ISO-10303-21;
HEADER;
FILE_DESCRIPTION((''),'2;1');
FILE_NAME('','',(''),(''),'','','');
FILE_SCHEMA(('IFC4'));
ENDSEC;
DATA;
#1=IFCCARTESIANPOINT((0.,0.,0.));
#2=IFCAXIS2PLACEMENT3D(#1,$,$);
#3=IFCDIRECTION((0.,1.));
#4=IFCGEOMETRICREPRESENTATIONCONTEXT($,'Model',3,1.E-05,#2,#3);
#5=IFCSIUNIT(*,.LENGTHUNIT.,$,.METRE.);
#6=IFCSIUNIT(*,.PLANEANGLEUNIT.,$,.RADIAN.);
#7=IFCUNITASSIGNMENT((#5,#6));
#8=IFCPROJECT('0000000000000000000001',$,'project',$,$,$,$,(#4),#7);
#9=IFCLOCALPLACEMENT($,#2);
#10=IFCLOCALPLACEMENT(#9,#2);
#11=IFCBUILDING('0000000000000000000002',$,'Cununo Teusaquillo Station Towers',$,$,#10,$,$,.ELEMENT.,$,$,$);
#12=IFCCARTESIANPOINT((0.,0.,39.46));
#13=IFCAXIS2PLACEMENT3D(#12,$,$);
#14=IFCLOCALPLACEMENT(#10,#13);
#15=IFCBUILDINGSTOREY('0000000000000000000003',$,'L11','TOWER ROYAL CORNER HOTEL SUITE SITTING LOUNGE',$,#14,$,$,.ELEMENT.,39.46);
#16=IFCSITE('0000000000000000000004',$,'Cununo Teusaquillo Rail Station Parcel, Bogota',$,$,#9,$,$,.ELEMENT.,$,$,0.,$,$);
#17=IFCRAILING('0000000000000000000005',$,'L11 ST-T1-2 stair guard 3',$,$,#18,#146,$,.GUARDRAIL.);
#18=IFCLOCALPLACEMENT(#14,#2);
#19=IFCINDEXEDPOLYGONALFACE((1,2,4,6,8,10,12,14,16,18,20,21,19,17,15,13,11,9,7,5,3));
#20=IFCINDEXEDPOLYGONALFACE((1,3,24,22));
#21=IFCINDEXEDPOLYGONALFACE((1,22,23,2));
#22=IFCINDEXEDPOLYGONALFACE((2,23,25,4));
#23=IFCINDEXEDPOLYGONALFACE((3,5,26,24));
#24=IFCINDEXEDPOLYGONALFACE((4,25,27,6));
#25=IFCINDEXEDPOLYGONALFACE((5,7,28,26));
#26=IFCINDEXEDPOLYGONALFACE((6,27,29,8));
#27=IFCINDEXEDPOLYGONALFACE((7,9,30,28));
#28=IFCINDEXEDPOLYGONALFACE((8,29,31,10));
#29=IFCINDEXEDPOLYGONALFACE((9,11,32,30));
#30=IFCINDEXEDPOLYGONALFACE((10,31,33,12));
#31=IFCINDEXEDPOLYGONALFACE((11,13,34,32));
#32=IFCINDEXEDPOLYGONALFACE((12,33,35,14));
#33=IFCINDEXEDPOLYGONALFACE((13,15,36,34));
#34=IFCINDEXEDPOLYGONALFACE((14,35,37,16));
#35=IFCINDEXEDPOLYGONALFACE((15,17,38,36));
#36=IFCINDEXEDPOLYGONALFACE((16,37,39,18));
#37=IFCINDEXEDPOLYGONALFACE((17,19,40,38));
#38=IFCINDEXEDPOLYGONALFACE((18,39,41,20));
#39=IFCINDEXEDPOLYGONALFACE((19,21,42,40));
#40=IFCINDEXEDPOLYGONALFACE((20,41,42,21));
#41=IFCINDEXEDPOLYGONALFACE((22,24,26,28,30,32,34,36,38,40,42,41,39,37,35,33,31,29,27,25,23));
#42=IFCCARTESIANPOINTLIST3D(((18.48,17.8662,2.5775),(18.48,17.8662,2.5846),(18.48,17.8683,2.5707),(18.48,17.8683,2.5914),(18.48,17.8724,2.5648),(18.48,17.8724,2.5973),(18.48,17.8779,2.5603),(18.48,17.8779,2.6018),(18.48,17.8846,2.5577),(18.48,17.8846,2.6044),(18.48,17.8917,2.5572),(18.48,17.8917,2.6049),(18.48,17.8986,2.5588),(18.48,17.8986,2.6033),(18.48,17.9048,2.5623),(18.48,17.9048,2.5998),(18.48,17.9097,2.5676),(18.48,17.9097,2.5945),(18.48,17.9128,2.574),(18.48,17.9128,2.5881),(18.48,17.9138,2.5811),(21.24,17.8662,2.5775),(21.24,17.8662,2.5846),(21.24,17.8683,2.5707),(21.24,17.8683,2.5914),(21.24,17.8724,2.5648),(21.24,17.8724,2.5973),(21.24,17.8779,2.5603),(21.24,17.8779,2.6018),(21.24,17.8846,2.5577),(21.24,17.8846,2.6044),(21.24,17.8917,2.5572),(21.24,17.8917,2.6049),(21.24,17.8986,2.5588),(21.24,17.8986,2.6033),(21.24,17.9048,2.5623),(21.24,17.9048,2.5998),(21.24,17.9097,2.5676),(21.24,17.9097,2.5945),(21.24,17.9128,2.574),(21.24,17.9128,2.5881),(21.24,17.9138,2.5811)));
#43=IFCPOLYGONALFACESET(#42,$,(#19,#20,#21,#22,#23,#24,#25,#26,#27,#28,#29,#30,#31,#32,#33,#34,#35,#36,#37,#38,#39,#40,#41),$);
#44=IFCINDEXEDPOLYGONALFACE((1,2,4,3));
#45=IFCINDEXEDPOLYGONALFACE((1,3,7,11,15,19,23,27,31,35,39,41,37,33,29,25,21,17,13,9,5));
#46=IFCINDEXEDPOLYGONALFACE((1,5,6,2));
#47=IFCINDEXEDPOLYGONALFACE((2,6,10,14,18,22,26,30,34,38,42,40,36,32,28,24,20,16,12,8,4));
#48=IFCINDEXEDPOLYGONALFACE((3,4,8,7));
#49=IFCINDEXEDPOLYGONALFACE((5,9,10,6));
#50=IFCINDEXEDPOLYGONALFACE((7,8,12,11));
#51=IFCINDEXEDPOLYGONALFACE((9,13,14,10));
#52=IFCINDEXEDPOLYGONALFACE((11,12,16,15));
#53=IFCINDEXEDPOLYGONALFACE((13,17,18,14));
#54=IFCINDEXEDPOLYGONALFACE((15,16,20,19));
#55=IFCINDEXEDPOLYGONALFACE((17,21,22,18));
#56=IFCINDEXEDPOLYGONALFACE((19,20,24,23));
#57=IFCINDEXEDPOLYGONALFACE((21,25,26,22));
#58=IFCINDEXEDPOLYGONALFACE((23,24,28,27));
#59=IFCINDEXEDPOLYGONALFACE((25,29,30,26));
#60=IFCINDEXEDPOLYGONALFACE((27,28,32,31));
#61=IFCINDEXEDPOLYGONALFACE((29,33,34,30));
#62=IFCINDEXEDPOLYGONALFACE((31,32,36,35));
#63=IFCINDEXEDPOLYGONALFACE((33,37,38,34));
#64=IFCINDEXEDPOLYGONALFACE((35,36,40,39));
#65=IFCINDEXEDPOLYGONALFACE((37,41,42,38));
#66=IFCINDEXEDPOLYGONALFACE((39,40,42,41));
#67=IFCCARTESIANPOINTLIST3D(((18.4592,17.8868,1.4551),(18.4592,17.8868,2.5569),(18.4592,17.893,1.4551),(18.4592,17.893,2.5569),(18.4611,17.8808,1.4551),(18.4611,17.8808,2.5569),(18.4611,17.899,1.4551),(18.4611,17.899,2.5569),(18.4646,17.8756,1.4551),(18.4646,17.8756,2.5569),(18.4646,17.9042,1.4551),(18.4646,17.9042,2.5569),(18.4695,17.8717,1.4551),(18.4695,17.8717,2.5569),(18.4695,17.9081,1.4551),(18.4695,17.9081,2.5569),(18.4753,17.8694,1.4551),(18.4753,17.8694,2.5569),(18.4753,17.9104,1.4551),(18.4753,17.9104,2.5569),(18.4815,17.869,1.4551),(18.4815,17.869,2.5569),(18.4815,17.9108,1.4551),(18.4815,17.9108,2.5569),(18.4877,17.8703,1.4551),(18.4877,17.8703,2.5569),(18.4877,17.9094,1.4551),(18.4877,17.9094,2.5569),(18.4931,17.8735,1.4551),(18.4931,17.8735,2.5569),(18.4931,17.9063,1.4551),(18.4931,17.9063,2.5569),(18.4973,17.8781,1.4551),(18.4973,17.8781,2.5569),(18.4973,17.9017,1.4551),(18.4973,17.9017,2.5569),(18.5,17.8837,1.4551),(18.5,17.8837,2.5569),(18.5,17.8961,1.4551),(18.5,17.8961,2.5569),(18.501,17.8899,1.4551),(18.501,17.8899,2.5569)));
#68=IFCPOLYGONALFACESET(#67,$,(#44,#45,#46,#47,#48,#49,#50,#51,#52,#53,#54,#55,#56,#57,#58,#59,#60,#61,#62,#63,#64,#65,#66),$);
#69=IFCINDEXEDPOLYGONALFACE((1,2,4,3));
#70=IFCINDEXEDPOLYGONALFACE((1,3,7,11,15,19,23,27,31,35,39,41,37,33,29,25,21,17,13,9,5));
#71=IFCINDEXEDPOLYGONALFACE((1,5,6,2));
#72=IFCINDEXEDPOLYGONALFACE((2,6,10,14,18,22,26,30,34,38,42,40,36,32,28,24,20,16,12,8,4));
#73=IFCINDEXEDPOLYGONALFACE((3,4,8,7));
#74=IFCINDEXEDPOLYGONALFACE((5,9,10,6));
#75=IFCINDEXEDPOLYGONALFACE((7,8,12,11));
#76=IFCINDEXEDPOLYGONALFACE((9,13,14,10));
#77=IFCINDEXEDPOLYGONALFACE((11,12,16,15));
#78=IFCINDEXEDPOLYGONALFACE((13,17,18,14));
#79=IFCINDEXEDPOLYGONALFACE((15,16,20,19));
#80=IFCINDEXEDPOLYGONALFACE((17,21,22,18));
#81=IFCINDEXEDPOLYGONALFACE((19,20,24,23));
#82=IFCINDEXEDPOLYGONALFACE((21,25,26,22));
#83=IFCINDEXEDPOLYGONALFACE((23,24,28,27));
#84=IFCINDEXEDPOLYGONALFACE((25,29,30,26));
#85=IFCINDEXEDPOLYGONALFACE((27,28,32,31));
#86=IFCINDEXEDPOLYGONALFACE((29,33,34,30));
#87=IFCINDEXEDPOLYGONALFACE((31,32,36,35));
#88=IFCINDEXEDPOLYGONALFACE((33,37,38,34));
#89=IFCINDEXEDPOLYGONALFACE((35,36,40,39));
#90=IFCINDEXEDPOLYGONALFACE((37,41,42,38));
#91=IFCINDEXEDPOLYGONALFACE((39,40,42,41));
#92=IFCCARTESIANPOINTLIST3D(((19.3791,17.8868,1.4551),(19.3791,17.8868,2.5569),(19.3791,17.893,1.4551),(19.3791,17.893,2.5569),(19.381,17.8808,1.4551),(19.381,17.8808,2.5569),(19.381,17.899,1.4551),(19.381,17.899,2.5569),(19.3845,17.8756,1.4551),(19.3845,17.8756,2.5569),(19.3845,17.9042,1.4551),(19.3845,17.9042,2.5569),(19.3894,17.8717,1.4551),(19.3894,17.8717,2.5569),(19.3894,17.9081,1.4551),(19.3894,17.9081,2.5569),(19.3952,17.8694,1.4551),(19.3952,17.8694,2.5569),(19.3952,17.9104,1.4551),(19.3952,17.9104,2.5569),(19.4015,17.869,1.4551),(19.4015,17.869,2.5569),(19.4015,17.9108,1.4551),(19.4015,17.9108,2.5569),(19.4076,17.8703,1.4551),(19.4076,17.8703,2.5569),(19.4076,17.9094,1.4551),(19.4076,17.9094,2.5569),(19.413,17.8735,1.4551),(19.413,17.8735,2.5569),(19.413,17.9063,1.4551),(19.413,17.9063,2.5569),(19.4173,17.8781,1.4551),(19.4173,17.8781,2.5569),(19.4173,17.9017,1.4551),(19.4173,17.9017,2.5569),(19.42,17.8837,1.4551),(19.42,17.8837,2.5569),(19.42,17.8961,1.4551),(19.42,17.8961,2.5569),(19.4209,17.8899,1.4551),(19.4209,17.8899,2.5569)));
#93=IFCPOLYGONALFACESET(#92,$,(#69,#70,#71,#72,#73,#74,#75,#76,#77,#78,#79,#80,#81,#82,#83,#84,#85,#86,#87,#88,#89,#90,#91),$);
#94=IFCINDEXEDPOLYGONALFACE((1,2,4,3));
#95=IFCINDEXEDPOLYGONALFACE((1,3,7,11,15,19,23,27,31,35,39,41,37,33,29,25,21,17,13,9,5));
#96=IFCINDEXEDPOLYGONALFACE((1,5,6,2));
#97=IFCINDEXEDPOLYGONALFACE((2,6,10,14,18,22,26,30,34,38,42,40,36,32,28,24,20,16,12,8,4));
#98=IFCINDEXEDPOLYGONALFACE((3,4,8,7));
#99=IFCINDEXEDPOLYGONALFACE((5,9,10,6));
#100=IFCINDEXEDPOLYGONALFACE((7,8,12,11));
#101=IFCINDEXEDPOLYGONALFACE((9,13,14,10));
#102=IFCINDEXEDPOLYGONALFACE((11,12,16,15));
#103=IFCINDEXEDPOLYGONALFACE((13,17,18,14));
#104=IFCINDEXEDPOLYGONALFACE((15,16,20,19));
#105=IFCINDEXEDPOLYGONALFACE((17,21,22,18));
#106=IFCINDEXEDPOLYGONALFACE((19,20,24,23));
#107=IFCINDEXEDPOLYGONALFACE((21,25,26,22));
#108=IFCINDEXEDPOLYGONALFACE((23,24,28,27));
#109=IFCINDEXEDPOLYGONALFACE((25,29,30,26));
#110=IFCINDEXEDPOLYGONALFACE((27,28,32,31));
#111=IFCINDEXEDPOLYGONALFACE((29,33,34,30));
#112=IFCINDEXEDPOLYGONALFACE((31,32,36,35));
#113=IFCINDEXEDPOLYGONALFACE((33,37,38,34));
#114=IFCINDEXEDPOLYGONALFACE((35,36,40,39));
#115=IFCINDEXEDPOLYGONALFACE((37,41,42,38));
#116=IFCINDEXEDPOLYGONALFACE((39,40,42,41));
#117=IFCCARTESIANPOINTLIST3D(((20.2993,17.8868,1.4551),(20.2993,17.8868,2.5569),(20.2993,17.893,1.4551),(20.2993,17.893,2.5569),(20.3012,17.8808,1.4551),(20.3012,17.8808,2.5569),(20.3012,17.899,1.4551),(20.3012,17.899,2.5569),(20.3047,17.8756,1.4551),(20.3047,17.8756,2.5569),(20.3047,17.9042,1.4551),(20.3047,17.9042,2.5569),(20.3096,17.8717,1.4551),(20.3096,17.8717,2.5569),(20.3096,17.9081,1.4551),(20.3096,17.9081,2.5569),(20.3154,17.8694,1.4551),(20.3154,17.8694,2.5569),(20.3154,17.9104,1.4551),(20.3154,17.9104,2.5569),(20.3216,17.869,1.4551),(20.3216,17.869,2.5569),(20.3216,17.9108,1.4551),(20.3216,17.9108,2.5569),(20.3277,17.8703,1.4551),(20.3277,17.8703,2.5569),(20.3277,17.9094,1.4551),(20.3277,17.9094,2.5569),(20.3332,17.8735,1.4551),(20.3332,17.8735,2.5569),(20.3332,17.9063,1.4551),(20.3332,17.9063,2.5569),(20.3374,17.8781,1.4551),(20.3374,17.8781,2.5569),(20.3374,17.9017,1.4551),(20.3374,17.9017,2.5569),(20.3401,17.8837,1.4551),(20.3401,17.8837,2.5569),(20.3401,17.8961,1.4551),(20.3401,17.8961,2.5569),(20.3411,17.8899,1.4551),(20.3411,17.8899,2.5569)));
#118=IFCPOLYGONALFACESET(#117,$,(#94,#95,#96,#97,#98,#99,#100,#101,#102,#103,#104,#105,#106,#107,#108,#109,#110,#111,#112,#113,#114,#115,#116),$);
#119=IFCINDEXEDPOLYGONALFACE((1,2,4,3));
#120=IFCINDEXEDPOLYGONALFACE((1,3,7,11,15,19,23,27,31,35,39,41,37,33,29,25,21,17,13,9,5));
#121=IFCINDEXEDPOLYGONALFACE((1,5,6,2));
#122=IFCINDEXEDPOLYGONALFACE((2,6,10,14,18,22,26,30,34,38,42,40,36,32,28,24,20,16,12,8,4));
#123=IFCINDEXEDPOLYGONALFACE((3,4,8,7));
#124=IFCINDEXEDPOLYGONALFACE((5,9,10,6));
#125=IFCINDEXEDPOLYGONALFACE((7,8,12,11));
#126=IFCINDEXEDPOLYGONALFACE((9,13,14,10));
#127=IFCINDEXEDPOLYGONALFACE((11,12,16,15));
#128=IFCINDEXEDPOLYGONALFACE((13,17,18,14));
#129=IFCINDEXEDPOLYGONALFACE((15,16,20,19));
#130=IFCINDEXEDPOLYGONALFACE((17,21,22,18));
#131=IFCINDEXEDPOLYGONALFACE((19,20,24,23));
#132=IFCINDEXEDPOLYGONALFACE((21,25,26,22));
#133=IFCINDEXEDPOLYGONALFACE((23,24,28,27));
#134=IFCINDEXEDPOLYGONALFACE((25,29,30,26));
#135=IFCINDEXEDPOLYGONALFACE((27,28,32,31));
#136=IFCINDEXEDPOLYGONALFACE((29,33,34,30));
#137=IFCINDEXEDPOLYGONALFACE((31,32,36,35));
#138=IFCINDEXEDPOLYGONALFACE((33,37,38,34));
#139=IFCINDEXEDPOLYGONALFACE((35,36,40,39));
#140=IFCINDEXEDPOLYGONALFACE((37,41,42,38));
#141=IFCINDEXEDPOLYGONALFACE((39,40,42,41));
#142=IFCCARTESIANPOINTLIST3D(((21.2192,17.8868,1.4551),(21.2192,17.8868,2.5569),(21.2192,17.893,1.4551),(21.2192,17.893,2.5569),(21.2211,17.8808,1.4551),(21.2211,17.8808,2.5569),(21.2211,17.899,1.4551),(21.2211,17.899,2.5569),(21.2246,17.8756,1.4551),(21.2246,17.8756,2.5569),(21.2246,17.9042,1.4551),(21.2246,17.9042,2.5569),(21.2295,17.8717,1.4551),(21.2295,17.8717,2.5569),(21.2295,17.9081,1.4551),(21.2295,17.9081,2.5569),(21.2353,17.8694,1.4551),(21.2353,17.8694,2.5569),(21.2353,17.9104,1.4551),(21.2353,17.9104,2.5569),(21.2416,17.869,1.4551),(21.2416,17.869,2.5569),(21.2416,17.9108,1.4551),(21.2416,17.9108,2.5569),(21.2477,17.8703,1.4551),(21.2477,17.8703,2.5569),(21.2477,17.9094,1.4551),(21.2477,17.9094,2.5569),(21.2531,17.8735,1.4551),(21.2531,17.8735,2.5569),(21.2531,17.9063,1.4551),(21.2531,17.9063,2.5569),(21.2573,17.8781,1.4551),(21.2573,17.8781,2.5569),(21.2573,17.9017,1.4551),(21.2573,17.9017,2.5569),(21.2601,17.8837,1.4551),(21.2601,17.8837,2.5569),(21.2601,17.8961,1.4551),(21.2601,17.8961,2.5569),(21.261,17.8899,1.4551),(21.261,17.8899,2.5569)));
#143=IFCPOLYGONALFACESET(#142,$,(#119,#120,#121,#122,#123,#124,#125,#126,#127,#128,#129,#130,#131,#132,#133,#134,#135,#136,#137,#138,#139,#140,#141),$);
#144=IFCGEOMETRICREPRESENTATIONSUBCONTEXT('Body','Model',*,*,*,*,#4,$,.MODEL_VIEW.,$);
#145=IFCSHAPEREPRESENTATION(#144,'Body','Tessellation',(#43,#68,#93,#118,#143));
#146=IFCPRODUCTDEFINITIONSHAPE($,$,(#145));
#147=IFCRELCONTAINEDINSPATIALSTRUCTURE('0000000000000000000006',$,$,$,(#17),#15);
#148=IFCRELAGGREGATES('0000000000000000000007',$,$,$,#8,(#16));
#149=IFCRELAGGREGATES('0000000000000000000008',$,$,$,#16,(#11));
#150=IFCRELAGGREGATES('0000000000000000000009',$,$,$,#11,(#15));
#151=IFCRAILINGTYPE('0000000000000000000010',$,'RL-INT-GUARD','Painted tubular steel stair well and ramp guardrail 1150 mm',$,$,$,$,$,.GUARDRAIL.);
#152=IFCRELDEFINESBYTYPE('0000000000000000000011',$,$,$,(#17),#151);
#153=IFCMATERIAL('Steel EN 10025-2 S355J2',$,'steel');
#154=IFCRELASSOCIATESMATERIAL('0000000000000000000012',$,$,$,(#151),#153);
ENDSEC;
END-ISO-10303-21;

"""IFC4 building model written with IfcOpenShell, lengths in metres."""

from ifc_helpers import new_model, si_unit, direction, frame, origin, origin_2d, place, context, subcontext, project, spatial, circle, extrude, material, type_object, element, save


model = new_model("IFC4")

# Units and contexts
model_context = context("Model", 3, precision=1e-05, world=origin(), true_north=direction((0.0, 1.0)))
body_context = subcontext(model_context, "Body", "Model", "MODEL_VIEW")
ifc_project = project(units=[si_unit("LENGTHUNIT", "METRE"), si_unit("PLANEANGLEUNIT", "RADIAN")], contexts=[model_context])

# Site, building, storey
site_placement = place(None, origin())
site = spatial("IfcSite", under=ifc_project, at=site_placement, Name="Cununo Teusaquillo Rail Station Parcel, Bogota", CompositionType="ELEMENT", RefElevation=0.0)
building_placement = place(site_placement, origin())
building = spatial("IfcBuilding", under=site, at=building_placement, Name="Cununo Teusaquillo Station Towers", CompositionType="ELEMENT")
storey_placement = place(building_placement, frame((0.0, 0.0, 39.46)))
storey = spatial("IfcBuildingStorey", under=building, at=storey_placement, Name="L11", Description="TOWER ROYAL CORNER HOTEL SUITE SITTING LOUNGE", CompositionType="ELEMENT", Elevation=39.46)

# Railing
ifc_material_1 = material(Name="Steel EN 10025-2 S355J2", Category="steel")
railing_type_1 = type_object("IfcRailingType", Name="RL-INT-GUARD", Description="Painted tubular steel stair well and ramp guardrail 1150 mm", PredefinedType="GUARDRAIL", material=ifc_material_1)
railing_1_placement = place(storey_placement, frame((18.48, 17.8899, 1.4551)))
element("IfcRailing", 1, at=railing_1_placement, inside=storey, type_object=railing_type_1, Name="L11 ST-T1-2 stair guard 3", PredefinedType="GUARDRAIL", context=body_context, shape_type="SweptSolid", body=[
    extrude(circle(Radius=0.0239, at=origin_2d()), frame((0.0, 0.0, 1.126), z_axis=(1.0, 0.0, 0.0), x_axis=(0.0, 1.0, 0.0)), (0.0, 0.0, 1.0), 2.76),
    extrude(circle(Radius=0.021, at=origin_2d()), origin(), (0.0, 0.0, 1.0), 1.1018),
    extrude(circle(Radius=0.021, at=origin_2d()), frame((0.9199, 0.0, 0.0)), (0.0, 0.0, 1.0), 1.1018),
    extrude(circle(Radius=0.021, at=origin_2d()), frame((1.8401, 0.0, 0.0)), (0.0, 0.0, 1.0), 1.1018),
    extrude(circle(Radius=0.021, at=origin_2d()), frame((2.76, 0.0, 0.0)), (0.0, 0.0, 1.0), 1.1018),
])

save(model, "model.ifc")
